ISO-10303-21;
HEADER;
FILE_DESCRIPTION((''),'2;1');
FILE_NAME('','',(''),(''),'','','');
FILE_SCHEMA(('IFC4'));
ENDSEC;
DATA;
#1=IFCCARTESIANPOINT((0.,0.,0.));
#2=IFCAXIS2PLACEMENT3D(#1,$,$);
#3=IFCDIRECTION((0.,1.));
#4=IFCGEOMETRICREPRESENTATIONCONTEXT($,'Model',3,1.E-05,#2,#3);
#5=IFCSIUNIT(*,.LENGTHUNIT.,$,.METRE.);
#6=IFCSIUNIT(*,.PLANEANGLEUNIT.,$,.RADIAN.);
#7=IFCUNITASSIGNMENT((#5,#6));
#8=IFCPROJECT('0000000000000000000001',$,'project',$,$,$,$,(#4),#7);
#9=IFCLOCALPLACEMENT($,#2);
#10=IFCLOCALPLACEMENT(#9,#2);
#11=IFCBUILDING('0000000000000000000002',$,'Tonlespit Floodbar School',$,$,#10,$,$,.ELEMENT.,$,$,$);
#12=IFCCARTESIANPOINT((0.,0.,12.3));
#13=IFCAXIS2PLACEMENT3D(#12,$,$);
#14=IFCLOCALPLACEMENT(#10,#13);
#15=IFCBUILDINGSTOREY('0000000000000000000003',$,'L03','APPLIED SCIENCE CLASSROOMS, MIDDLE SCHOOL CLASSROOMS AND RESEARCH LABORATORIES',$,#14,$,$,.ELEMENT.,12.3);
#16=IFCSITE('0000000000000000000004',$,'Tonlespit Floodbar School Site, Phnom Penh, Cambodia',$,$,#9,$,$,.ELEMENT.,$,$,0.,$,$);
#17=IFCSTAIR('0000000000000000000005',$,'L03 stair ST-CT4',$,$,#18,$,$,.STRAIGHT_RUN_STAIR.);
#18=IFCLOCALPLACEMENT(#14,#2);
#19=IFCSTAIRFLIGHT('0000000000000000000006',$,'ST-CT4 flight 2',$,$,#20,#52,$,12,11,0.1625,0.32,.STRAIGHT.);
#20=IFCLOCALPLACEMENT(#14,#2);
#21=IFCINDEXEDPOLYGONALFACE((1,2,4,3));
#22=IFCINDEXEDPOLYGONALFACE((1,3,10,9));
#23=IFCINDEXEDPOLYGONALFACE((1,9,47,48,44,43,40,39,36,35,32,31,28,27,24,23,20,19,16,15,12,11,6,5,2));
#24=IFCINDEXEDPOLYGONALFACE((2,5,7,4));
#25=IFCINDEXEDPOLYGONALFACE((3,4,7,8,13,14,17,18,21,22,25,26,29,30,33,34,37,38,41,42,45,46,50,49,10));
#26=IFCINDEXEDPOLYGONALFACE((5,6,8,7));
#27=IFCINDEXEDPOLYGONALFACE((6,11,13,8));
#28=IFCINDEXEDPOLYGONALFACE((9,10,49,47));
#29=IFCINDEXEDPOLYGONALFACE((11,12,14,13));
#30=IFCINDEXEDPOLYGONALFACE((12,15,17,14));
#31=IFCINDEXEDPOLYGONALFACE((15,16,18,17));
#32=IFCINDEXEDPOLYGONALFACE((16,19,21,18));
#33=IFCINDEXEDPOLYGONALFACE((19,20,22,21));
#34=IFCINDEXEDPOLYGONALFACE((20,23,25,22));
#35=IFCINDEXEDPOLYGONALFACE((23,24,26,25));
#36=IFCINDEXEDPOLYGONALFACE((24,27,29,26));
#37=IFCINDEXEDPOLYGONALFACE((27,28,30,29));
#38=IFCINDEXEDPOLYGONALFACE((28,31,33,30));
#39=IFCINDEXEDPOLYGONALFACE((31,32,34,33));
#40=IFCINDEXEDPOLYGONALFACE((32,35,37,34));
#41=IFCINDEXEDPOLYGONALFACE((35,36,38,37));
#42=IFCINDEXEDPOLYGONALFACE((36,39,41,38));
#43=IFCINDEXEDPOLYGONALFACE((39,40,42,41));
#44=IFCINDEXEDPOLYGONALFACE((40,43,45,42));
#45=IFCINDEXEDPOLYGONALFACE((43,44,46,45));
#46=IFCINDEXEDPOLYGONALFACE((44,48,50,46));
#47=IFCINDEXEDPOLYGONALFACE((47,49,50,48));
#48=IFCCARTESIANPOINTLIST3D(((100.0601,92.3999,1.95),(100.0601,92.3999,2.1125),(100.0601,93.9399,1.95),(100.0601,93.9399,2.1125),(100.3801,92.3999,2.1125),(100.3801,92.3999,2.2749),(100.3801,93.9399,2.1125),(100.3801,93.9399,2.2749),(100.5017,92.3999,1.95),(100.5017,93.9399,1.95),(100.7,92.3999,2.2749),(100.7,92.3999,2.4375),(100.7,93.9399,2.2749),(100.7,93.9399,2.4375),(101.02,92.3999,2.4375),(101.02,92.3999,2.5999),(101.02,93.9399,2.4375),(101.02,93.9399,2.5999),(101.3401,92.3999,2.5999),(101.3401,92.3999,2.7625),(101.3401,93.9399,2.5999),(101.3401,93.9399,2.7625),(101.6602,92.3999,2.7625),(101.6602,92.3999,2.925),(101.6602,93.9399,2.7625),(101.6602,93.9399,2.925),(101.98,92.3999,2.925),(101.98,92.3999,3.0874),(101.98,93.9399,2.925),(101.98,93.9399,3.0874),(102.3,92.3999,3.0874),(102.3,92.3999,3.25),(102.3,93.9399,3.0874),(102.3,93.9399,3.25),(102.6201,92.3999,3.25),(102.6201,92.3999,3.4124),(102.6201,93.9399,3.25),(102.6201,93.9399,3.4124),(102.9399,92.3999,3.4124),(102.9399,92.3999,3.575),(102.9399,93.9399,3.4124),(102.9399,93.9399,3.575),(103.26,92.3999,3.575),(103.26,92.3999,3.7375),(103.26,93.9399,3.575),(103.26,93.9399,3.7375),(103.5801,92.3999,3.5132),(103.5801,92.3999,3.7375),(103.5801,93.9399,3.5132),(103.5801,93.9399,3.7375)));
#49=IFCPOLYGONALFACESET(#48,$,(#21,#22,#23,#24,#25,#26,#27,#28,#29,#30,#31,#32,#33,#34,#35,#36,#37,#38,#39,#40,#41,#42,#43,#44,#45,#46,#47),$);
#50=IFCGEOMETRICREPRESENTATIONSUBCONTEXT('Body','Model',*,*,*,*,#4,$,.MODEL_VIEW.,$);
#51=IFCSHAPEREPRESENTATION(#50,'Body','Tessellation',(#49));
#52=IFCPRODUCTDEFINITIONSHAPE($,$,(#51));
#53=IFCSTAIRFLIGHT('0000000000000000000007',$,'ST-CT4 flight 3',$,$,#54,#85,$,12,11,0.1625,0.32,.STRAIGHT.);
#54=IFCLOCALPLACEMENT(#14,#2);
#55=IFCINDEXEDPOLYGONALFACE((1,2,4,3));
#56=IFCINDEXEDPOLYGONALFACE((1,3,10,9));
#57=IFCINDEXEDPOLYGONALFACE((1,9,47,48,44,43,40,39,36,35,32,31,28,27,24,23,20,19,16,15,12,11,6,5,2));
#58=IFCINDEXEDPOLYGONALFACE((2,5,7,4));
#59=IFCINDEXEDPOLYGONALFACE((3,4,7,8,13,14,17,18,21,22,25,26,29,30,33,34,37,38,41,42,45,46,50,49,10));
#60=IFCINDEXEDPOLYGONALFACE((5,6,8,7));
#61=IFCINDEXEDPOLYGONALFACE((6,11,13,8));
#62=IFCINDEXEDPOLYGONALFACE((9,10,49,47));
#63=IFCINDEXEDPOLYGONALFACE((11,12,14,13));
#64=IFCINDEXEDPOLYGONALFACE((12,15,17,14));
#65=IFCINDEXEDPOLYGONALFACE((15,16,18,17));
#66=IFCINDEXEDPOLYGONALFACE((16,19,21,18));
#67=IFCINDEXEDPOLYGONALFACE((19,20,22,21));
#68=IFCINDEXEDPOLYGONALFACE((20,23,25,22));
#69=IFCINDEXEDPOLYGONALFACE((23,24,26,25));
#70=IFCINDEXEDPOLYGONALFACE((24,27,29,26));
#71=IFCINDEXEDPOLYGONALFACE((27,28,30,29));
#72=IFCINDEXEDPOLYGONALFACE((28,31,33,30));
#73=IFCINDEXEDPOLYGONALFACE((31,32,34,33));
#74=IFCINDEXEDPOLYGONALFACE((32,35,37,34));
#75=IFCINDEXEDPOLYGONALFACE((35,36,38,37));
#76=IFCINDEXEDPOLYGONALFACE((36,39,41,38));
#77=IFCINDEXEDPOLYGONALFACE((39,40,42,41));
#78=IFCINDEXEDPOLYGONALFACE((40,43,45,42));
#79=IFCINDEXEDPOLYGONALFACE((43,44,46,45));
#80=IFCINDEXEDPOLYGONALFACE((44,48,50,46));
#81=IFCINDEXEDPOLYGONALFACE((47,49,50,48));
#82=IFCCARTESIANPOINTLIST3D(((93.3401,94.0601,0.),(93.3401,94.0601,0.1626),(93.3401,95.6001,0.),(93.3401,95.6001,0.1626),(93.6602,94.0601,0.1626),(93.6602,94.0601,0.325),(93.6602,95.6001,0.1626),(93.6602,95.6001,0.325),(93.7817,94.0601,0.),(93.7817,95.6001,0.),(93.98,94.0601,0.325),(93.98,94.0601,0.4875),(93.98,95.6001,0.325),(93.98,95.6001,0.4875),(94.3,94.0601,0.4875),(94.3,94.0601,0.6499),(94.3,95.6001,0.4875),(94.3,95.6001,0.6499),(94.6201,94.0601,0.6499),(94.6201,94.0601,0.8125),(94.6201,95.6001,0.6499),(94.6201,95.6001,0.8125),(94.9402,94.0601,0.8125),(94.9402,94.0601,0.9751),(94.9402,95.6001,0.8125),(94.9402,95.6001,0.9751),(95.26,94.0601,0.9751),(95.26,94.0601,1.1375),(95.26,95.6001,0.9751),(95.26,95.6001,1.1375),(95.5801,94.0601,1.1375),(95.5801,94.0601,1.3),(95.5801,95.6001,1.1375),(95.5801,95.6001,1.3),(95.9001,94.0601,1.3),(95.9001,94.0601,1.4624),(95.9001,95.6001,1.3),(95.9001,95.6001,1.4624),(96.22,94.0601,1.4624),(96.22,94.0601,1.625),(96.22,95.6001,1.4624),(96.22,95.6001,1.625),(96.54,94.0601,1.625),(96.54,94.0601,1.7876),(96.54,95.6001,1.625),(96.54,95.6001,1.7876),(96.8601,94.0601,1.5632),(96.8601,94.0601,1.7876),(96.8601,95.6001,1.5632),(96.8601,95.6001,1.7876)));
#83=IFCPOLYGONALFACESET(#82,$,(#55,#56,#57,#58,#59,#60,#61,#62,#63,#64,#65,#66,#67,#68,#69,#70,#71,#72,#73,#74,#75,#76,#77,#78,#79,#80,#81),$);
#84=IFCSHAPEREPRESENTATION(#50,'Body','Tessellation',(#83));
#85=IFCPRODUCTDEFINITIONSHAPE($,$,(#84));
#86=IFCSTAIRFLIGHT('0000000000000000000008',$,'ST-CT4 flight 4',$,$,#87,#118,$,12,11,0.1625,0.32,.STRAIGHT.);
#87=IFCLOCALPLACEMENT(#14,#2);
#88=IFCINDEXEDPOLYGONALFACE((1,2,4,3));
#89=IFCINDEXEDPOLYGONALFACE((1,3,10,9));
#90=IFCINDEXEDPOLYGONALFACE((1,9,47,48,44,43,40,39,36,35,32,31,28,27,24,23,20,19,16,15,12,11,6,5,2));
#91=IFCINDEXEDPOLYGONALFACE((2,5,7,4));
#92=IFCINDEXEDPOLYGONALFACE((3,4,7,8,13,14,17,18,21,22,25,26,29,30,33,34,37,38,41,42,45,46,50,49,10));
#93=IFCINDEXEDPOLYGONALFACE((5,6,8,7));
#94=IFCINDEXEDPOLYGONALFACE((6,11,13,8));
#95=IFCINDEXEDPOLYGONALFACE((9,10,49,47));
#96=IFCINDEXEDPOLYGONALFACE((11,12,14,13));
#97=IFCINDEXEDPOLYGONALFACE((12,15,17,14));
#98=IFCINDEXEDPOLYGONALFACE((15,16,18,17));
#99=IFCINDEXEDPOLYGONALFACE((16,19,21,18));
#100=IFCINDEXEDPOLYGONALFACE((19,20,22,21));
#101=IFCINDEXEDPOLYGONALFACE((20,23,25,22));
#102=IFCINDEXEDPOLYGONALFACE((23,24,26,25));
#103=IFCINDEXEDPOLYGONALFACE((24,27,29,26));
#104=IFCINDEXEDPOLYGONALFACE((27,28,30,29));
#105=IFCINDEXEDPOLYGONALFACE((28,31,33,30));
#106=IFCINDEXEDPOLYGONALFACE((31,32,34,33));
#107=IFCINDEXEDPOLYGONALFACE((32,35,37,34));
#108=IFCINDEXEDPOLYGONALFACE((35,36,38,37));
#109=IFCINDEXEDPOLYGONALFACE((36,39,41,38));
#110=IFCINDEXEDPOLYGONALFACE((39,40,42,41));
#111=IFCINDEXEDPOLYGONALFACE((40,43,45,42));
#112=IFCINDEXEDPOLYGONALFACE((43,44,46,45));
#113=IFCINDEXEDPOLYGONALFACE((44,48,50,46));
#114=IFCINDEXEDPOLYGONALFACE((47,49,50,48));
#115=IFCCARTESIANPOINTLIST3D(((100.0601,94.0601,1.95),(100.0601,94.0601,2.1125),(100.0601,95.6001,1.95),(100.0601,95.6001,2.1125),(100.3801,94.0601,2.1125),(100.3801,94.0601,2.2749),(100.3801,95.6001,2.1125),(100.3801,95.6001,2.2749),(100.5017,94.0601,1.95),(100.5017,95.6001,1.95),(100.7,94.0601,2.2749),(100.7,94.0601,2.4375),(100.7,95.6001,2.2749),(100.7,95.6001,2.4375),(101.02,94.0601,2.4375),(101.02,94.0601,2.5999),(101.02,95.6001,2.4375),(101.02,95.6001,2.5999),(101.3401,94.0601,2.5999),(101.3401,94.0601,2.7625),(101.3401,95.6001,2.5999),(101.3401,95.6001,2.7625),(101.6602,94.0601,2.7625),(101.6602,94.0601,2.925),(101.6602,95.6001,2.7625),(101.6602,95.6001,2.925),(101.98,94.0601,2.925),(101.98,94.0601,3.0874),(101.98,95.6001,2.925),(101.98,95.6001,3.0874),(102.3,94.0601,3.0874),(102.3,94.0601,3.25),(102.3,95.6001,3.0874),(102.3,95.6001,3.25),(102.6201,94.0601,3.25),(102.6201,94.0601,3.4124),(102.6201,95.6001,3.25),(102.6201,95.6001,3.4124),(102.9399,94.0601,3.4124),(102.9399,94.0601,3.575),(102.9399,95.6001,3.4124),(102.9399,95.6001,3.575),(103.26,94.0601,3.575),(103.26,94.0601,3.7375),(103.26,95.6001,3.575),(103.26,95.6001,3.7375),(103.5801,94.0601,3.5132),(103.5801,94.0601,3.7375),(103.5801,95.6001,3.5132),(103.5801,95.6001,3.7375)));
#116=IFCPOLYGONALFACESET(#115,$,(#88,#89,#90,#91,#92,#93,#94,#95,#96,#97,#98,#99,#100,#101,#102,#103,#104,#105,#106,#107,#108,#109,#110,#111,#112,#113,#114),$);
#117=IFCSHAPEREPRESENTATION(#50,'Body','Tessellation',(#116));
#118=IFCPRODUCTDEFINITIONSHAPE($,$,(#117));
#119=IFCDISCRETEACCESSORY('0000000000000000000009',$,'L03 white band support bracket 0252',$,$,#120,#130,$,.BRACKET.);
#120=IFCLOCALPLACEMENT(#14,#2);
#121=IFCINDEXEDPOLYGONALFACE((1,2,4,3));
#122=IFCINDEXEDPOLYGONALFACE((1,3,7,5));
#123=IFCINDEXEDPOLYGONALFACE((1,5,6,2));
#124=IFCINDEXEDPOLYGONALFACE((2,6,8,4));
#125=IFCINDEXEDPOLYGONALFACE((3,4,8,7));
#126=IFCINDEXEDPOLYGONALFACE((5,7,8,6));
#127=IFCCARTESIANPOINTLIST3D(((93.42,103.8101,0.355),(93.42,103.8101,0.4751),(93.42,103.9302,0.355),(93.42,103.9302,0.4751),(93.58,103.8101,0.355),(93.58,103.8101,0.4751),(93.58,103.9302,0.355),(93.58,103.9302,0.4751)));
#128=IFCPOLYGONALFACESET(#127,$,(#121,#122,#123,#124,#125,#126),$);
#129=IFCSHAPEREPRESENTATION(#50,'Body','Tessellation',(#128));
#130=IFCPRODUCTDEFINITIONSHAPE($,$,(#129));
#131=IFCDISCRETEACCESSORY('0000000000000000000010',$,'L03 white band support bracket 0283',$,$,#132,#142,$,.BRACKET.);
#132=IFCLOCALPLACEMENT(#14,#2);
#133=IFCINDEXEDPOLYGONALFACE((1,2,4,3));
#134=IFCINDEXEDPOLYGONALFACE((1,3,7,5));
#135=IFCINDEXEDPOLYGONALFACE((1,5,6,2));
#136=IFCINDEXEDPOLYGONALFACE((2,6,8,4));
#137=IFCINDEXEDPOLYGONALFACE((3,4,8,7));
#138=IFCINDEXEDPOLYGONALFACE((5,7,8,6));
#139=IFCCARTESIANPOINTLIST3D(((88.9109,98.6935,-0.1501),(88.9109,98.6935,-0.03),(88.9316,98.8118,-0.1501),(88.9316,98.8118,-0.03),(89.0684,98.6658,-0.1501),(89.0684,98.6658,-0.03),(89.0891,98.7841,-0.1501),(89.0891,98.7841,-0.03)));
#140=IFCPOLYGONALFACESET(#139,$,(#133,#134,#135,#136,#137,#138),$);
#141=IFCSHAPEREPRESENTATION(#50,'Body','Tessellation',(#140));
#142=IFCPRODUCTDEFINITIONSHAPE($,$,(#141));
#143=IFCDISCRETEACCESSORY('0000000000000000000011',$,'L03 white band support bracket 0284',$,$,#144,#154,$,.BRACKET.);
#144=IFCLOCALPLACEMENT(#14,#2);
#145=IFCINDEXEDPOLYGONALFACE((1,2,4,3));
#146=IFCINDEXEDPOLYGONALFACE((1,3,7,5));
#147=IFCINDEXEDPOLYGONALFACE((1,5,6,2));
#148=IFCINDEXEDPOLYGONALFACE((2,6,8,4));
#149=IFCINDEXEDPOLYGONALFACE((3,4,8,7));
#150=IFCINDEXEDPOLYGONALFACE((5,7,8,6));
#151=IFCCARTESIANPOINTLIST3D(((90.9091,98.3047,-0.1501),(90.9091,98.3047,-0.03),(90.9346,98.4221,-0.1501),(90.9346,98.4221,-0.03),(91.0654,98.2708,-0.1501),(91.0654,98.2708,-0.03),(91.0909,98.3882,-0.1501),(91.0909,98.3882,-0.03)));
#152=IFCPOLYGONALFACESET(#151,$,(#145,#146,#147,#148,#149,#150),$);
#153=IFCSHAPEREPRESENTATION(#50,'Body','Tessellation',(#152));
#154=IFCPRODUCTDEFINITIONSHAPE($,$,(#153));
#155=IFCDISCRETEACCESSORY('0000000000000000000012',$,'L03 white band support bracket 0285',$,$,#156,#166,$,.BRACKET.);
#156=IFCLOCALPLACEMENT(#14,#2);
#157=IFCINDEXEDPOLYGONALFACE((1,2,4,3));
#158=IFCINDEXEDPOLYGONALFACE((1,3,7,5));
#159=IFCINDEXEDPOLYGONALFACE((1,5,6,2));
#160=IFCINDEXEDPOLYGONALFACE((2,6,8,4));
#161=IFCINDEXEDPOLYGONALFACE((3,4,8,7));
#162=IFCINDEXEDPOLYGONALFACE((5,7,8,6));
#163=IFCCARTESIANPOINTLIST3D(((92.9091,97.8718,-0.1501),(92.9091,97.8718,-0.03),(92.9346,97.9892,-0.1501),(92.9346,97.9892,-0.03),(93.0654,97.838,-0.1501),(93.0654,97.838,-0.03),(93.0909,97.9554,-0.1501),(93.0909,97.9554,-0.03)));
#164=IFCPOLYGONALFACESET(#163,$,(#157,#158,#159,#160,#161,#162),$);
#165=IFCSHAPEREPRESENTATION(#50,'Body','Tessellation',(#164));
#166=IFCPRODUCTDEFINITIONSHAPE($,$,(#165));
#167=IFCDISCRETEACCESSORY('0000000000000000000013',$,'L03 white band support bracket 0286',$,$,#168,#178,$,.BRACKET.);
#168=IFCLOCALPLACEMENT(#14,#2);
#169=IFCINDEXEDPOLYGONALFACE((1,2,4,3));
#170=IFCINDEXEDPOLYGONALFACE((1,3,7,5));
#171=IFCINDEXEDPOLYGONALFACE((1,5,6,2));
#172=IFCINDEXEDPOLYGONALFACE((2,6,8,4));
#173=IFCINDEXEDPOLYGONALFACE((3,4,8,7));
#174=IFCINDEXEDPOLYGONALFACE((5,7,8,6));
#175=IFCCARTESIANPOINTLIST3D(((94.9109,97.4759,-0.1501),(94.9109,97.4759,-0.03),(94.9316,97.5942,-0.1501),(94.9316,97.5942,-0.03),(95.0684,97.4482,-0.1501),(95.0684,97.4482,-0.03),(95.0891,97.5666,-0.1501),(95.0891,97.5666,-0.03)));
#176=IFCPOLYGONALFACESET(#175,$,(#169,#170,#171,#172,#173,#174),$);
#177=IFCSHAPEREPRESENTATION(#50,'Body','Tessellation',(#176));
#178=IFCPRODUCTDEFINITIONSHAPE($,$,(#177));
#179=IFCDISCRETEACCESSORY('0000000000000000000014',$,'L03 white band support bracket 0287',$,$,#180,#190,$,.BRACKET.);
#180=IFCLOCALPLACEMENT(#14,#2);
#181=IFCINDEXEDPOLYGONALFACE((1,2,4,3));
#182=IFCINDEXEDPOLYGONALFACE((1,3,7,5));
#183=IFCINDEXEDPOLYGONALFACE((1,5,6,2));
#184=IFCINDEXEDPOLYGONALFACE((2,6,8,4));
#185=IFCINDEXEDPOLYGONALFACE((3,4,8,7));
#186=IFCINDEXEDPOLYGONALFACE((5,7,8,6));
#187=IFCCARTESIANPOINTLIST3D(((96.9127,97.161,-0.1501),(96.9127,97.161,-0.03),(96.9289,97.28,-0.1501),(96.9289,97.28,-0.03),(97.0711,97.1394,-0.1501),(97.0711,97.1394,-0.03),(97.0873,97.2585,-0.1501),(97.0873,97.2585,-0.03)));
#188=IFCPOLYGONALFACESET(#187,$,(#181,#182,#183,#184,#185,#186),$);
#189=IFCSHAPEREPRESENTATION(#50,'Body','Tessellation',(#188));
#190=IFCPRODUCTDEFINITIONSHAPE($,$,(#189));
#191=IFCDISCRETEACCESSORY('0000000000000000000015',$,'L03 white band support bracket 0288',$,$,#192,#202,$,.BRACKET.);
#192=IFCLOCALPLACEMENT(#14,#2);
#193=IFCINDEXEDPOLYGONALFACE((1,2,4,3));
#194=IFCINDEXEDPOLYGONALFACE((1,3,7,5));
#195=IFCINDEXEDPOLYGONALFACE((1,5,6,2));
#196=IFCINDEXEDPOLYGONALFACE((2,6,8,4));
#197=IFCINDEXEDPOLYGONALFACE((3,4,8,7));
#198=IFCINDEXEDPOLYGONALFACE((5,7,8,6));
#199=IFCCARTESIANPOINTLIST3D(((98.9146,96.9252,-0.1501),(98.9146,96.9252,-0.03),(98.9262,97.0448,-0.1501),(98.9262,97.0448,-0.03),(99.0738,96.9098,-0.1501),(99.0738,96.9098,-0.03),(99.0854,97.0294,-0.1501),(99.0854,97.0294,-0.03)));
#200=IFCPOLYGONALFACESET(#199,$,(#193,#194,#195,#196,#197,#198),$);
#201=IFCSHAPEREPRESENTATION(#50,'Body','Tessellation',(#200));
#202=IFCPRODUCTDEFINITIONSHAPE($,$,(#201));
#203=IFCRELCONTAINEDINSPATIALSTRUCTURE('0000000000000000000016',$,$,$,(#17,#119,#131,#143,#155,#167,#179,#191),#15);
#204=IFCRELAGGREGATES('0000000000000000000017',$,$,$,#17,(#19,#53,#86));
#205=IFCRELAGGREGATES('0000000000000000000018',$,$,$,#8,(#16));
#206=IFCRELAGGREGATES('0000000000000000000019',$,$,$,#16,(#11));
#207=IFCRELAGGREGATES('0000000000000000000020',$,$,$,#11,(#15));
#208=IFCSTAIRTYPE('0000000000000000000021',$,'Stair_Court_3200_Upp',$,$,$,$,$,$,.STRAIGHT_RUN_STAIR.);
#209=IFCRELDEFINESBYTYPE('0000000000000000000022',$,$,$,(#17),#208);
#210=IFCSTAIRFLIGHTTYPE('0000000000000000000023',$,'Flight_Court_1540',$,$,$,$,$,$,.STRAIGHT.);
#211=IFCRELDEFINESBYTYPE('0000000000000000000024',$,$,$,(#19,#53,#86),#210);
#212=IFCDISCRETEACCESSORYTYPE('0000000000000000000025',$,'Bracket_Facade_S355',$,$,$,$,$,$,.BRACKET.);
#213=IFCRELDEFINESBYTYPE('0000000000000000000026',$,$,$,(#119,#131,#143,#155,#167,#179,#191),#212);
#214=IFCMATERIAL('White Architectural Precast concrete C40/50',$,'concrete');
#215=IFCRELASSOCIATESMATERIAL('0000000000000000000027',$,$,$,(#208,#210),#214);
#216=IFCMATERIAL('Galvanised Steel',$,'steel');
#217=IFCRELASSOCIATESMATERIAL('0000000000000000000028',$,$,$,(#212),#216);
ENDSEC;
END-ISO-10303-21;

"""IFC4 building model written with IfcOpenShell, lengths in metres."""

from ifc_helpers import new_model, si_unit, direction, frame, origin, origin_2d, place, context, subcontext, project, spatial, polyline, rectangle, outline, extrude, material, type_object, element, aggregate, save


model = new_model("IFC4")

# Units and contexts
model_context = context("Model", 3, precision=1e-05, world=origin(), true_north=direction((0.0, 1.0)))
body_context = subcontext(model_context, "Body", "Model", "MODEL_VIEW")
ifc_project = project(units=[si_unit("LENGTHUNIT", "METRE"), si_unit("PLANEANGLEUNIT", "RADIAN")], contexts=[model_context])

# Site, building, storey
site_placement = place(None, origin())
site = spatial("IfcSite", under=ifc_project, at=site_placement, Name="Tonlespit Floodbar School Site, Phnom Penh, Cambodia", CompositionType="ELEMENT", RefElevation=0.0)
building_placement = place(site_placement, origin())
building = spatial("IfcBuilding", under=site, at=building_placement, Name="Tonlespit Floodbar School", CompositionType="ELEMENT")
storey_placement = place(building_placement, frame((0.0, 0.0, 12.3)))
storey = spatial("IfcBuildingStorey", under=building, at=storey_placement, Name="L03", Description="APPLIED SCIENCE CLASSROOMS, MIDDLE SCHOOL CLASSROOMS AND RESEARCH LABORATORIES", CompositionType="ELEMENT", Elevation=12.3)

# Stair, stair flights
ifc_material_1 = material(Name="White Architectural Precast concrete C40/50", Category="concrete")
stair_type = type_object("IfcStairType", Name="Stair_Court_3200_Upp", PredefinedType="STRAIGHT_RUN_STAIR", material=ifc_material_1)
stair_placement = place(storey_placement, origin())
stair = element("IfcStair", 1, at=stair_placement, inside=storey, type_object=stair_type, Name="L03 stair ST-CT4", PredefinedType="STRAIGHT_RUN_STAIR")
stair_flight_type = type_object("IfcStairFlightType", Name="Flight_Court_1540", PredefinedType="STRAIGHT", material=ifc_material_1)
stair_flight_1_placement = place(storey_placement, frame((100.0601, 93.1699, 1.95), z_axis=(0.0, 0.0, 1.0), x_axis=(1.0, 0.0, 0.0)))
stair_flight_1 = element("IfcStairFlight", 2, at=stair_flight_1_placement, type_object=stair_flight_type, Name="ST-CT4 flight 2", NumberOfRisers=12, NumberOfTreads=11, PredefinedType="STRAIGHT", RiserHeight=0.1625, TreadLength=0.32, context=body_context, shape_type="SweptSolid", body=[
    extrude(outline(polyline([(0.0, 0.0), (0.0, 0.1626), (0.3201, 0.1626), (0.3201, 0.325), (0.6399, 0.325), (0.6399, 0.4875), (0.96, 0.4875), (0.96, 0.6499), (1.28, 0.6499), (1.28, 0.8125), (1.6001, 0.8125), (1.6001, 0.9751), (1.9199, 0.9751), (1.9199, 1.1375), (2.24, 1.1375), (2.24, 1.3), (2.5601, 1.3), (2.5601, 1.4624), (2.8799, 1.4624), (2.8799, 1.625), (3.2, 1.625), (3.2, 1.7876), (3.52, 1.7876), (3.52, 1.95), (3.52, 1.5632), (0.4417, 0.0), (0.0, 0.0)])), frame((0.0, 0.77, 0.0), z_axis=(0.0, -1.0, 0.0), x_axis=(1.0, 0.0, 0.0)), (0.0, 0.0, 1.0), 1.54),
])
stair_flight_2_placement = place(storey_placement, frame((93.3401, 94.8301, 0.0), z_axis=(0.0, 0.0, 1.0), x_axis=(1.0, 0.0, 0.0)))
stair_flight_2 = element("IfcStairFlight", 3, at=stair_flight_2_placement, type_object=stair_flight_type, Name="ST-CT4 flight 3", NumberOfRisers=12, NumberOfTreads=11, PredefinedType="STRAIGHT", RiserHeight=0.1625, TreadLength=0.32, context=body_context, shape_type="SweptSolid", body=[
    extrude(outline(polyline([(0.0, 0.0), (0.0, 0.1626), (0.3201, 0.1626), (0.3201, 0.325), (0.6399, 0.325), (0.6399, 0.4875), (0.96, 0.4875), (0.96, 0.6499), (1.28, 0.6499), (1.28, 0.8125), (1.6001, 0.8125), (1.6001, 0.9751), (1.9199, 0.9751), (1.9199, 1.1375), (2.24, 1.1375), (2.24, 1.3), (2.5601, 1.3), (2.5601, 1.4624), (2.8799, 1.4624), (2.8799, 1.625), (3.2, 1.625), (3.2, 1.7876), (3.52, 1.7876), (3.52, 1.95), (3.52, 1.5632), (0.4417, 0.0), (0.0, 0.0)])), frame((0.0, 0.77, 0.0), z_axis=(0.0, -1.0, 0.0), x_axis=(1.0, 0.0, 0.0)), (0.0, 0.0, 1.0), 1.54),
])
stair_flight_3_placement = place(storey_placement, frame((100.0601, 94.8301, 1.95), z_axis=(0.0, 0.0, 1.0), x_axis=(1.0, 0.0, 0.0)))
stair_flight_3 = element("IfcStairFlight", 4, at=stair_flight_3_placement, type_object=stair_flight_type, Name="ST-CT4 flight 4", NumberOfRisers=12, NumberOfTreads=11, PredefinedType="STRAIGHT", RiserHeight=0.1625, TreadLength=0.32, context=body_context, shape_type="SweptSolid", body=[
    extrude(outline(polyline([(0.0, 0.0), (0.0, 0.1626), (0.3201, 0.1626), (0.3201, 0.325), (0.6399, 0.325), (0.6399, 0.4875), (0.96, 0.4875), (0.96, 0.6499), (1.28, 0.6499), (1.28, 0.8125), (1.6001, 0.8125), (1.6001, 0.9751), (1.9199, 0.9751), (1.9199, 1.1375), (2.24, 1.1375), (2.24, 1.3), (2.5601, 1.3), (2.5601, 1.4624), (2.8799, 1.4624), (2.8799, 1.625), (3.2, 1.625), (3.2, 1.7876), (3.52, 1.7876), (3.52, 1.95), (3.52, 1.5632), (0.4417, 0.0), (0.0, 0.0)])), frame((0.0, 0.77, 0.0), z_axis=(0.0, -1.0, 0.0), x_axis=(1.0, 0.0, 0.0)), (0.0, 0.0, 1.0), 1.54),
])
aggregate(stair, [stair_flight_1, stair_flight_2, stair_flight_3])

# Shared definitions
ifc_material_2 = material(Name="Galvanised Steel", Category="steel")

# Discrete accessories
discrete_accessory_type = type_object("IfcDiscreteAccessoryType", Name="Bracket_Facade_S355", PredefinedType="BRACKET", material=ifc_material_2)
for number, where, z_axis, x_axis, name in (
    (5, (93.5, 103.8701, 0.355), (0.0, 0.0, 1.0), (-1.0, 0.0, 0.0), "L03 white band support bracket 0252"),
    (6, (89.0, 98.7388, -0.1501), (0.0, 0.0, 1.0), (0.984905, -0.173096, 0.0), "L03 white band support bracket 0283"),
    (7, (91.0, 98.3464, -0.1501), (0.0, 0.0, 1.0), (0.977357, -0.211598, 0.0), "L03 white band support bracket 0284"),
    (8, (93.0, 97.9136, -0.1501), (0.0, 0.0, 1.0), (0.977357, -0.211598, 0.0), "L03 white band support bracket 0285"),
    (9, (95.0, 97.5212, -0.1501), (0.0, 0.0, 1.0), (0.984905, -0.173096, 0.0), "L03 white band support bracket 0286"),
    (10, (97.0, 97.2097, -0.1501), (0.0, 0.0, 1.0), (0.990898, -0.134614, 0.0), "L03 white band support bracket 0287"),
    (11, (99.0, 96.9773, -0.1501), (0.0, 0.0, 1.0), (0.995362, -0.096202, 0.0), "L03 white band support bracket 0288"),
):
    element("IfcDiscreteAccessory", number, at=place(storey_placement, frame(where, z_axis=z_axis, x_axis=x_axis)), inside=storey, type_object=discrete_accessory_type, Name=name, PredefinedType="BRACKET", context=body_context, shape_type="SweptSolid", body=[
        extrude(rectangle(XDim=0.1599, YDim=0.1201, at=origin_2d()), origin(), (0.0, 0.0, 1.0), 0.1201),
    ])

save(model, "model.ifc")
